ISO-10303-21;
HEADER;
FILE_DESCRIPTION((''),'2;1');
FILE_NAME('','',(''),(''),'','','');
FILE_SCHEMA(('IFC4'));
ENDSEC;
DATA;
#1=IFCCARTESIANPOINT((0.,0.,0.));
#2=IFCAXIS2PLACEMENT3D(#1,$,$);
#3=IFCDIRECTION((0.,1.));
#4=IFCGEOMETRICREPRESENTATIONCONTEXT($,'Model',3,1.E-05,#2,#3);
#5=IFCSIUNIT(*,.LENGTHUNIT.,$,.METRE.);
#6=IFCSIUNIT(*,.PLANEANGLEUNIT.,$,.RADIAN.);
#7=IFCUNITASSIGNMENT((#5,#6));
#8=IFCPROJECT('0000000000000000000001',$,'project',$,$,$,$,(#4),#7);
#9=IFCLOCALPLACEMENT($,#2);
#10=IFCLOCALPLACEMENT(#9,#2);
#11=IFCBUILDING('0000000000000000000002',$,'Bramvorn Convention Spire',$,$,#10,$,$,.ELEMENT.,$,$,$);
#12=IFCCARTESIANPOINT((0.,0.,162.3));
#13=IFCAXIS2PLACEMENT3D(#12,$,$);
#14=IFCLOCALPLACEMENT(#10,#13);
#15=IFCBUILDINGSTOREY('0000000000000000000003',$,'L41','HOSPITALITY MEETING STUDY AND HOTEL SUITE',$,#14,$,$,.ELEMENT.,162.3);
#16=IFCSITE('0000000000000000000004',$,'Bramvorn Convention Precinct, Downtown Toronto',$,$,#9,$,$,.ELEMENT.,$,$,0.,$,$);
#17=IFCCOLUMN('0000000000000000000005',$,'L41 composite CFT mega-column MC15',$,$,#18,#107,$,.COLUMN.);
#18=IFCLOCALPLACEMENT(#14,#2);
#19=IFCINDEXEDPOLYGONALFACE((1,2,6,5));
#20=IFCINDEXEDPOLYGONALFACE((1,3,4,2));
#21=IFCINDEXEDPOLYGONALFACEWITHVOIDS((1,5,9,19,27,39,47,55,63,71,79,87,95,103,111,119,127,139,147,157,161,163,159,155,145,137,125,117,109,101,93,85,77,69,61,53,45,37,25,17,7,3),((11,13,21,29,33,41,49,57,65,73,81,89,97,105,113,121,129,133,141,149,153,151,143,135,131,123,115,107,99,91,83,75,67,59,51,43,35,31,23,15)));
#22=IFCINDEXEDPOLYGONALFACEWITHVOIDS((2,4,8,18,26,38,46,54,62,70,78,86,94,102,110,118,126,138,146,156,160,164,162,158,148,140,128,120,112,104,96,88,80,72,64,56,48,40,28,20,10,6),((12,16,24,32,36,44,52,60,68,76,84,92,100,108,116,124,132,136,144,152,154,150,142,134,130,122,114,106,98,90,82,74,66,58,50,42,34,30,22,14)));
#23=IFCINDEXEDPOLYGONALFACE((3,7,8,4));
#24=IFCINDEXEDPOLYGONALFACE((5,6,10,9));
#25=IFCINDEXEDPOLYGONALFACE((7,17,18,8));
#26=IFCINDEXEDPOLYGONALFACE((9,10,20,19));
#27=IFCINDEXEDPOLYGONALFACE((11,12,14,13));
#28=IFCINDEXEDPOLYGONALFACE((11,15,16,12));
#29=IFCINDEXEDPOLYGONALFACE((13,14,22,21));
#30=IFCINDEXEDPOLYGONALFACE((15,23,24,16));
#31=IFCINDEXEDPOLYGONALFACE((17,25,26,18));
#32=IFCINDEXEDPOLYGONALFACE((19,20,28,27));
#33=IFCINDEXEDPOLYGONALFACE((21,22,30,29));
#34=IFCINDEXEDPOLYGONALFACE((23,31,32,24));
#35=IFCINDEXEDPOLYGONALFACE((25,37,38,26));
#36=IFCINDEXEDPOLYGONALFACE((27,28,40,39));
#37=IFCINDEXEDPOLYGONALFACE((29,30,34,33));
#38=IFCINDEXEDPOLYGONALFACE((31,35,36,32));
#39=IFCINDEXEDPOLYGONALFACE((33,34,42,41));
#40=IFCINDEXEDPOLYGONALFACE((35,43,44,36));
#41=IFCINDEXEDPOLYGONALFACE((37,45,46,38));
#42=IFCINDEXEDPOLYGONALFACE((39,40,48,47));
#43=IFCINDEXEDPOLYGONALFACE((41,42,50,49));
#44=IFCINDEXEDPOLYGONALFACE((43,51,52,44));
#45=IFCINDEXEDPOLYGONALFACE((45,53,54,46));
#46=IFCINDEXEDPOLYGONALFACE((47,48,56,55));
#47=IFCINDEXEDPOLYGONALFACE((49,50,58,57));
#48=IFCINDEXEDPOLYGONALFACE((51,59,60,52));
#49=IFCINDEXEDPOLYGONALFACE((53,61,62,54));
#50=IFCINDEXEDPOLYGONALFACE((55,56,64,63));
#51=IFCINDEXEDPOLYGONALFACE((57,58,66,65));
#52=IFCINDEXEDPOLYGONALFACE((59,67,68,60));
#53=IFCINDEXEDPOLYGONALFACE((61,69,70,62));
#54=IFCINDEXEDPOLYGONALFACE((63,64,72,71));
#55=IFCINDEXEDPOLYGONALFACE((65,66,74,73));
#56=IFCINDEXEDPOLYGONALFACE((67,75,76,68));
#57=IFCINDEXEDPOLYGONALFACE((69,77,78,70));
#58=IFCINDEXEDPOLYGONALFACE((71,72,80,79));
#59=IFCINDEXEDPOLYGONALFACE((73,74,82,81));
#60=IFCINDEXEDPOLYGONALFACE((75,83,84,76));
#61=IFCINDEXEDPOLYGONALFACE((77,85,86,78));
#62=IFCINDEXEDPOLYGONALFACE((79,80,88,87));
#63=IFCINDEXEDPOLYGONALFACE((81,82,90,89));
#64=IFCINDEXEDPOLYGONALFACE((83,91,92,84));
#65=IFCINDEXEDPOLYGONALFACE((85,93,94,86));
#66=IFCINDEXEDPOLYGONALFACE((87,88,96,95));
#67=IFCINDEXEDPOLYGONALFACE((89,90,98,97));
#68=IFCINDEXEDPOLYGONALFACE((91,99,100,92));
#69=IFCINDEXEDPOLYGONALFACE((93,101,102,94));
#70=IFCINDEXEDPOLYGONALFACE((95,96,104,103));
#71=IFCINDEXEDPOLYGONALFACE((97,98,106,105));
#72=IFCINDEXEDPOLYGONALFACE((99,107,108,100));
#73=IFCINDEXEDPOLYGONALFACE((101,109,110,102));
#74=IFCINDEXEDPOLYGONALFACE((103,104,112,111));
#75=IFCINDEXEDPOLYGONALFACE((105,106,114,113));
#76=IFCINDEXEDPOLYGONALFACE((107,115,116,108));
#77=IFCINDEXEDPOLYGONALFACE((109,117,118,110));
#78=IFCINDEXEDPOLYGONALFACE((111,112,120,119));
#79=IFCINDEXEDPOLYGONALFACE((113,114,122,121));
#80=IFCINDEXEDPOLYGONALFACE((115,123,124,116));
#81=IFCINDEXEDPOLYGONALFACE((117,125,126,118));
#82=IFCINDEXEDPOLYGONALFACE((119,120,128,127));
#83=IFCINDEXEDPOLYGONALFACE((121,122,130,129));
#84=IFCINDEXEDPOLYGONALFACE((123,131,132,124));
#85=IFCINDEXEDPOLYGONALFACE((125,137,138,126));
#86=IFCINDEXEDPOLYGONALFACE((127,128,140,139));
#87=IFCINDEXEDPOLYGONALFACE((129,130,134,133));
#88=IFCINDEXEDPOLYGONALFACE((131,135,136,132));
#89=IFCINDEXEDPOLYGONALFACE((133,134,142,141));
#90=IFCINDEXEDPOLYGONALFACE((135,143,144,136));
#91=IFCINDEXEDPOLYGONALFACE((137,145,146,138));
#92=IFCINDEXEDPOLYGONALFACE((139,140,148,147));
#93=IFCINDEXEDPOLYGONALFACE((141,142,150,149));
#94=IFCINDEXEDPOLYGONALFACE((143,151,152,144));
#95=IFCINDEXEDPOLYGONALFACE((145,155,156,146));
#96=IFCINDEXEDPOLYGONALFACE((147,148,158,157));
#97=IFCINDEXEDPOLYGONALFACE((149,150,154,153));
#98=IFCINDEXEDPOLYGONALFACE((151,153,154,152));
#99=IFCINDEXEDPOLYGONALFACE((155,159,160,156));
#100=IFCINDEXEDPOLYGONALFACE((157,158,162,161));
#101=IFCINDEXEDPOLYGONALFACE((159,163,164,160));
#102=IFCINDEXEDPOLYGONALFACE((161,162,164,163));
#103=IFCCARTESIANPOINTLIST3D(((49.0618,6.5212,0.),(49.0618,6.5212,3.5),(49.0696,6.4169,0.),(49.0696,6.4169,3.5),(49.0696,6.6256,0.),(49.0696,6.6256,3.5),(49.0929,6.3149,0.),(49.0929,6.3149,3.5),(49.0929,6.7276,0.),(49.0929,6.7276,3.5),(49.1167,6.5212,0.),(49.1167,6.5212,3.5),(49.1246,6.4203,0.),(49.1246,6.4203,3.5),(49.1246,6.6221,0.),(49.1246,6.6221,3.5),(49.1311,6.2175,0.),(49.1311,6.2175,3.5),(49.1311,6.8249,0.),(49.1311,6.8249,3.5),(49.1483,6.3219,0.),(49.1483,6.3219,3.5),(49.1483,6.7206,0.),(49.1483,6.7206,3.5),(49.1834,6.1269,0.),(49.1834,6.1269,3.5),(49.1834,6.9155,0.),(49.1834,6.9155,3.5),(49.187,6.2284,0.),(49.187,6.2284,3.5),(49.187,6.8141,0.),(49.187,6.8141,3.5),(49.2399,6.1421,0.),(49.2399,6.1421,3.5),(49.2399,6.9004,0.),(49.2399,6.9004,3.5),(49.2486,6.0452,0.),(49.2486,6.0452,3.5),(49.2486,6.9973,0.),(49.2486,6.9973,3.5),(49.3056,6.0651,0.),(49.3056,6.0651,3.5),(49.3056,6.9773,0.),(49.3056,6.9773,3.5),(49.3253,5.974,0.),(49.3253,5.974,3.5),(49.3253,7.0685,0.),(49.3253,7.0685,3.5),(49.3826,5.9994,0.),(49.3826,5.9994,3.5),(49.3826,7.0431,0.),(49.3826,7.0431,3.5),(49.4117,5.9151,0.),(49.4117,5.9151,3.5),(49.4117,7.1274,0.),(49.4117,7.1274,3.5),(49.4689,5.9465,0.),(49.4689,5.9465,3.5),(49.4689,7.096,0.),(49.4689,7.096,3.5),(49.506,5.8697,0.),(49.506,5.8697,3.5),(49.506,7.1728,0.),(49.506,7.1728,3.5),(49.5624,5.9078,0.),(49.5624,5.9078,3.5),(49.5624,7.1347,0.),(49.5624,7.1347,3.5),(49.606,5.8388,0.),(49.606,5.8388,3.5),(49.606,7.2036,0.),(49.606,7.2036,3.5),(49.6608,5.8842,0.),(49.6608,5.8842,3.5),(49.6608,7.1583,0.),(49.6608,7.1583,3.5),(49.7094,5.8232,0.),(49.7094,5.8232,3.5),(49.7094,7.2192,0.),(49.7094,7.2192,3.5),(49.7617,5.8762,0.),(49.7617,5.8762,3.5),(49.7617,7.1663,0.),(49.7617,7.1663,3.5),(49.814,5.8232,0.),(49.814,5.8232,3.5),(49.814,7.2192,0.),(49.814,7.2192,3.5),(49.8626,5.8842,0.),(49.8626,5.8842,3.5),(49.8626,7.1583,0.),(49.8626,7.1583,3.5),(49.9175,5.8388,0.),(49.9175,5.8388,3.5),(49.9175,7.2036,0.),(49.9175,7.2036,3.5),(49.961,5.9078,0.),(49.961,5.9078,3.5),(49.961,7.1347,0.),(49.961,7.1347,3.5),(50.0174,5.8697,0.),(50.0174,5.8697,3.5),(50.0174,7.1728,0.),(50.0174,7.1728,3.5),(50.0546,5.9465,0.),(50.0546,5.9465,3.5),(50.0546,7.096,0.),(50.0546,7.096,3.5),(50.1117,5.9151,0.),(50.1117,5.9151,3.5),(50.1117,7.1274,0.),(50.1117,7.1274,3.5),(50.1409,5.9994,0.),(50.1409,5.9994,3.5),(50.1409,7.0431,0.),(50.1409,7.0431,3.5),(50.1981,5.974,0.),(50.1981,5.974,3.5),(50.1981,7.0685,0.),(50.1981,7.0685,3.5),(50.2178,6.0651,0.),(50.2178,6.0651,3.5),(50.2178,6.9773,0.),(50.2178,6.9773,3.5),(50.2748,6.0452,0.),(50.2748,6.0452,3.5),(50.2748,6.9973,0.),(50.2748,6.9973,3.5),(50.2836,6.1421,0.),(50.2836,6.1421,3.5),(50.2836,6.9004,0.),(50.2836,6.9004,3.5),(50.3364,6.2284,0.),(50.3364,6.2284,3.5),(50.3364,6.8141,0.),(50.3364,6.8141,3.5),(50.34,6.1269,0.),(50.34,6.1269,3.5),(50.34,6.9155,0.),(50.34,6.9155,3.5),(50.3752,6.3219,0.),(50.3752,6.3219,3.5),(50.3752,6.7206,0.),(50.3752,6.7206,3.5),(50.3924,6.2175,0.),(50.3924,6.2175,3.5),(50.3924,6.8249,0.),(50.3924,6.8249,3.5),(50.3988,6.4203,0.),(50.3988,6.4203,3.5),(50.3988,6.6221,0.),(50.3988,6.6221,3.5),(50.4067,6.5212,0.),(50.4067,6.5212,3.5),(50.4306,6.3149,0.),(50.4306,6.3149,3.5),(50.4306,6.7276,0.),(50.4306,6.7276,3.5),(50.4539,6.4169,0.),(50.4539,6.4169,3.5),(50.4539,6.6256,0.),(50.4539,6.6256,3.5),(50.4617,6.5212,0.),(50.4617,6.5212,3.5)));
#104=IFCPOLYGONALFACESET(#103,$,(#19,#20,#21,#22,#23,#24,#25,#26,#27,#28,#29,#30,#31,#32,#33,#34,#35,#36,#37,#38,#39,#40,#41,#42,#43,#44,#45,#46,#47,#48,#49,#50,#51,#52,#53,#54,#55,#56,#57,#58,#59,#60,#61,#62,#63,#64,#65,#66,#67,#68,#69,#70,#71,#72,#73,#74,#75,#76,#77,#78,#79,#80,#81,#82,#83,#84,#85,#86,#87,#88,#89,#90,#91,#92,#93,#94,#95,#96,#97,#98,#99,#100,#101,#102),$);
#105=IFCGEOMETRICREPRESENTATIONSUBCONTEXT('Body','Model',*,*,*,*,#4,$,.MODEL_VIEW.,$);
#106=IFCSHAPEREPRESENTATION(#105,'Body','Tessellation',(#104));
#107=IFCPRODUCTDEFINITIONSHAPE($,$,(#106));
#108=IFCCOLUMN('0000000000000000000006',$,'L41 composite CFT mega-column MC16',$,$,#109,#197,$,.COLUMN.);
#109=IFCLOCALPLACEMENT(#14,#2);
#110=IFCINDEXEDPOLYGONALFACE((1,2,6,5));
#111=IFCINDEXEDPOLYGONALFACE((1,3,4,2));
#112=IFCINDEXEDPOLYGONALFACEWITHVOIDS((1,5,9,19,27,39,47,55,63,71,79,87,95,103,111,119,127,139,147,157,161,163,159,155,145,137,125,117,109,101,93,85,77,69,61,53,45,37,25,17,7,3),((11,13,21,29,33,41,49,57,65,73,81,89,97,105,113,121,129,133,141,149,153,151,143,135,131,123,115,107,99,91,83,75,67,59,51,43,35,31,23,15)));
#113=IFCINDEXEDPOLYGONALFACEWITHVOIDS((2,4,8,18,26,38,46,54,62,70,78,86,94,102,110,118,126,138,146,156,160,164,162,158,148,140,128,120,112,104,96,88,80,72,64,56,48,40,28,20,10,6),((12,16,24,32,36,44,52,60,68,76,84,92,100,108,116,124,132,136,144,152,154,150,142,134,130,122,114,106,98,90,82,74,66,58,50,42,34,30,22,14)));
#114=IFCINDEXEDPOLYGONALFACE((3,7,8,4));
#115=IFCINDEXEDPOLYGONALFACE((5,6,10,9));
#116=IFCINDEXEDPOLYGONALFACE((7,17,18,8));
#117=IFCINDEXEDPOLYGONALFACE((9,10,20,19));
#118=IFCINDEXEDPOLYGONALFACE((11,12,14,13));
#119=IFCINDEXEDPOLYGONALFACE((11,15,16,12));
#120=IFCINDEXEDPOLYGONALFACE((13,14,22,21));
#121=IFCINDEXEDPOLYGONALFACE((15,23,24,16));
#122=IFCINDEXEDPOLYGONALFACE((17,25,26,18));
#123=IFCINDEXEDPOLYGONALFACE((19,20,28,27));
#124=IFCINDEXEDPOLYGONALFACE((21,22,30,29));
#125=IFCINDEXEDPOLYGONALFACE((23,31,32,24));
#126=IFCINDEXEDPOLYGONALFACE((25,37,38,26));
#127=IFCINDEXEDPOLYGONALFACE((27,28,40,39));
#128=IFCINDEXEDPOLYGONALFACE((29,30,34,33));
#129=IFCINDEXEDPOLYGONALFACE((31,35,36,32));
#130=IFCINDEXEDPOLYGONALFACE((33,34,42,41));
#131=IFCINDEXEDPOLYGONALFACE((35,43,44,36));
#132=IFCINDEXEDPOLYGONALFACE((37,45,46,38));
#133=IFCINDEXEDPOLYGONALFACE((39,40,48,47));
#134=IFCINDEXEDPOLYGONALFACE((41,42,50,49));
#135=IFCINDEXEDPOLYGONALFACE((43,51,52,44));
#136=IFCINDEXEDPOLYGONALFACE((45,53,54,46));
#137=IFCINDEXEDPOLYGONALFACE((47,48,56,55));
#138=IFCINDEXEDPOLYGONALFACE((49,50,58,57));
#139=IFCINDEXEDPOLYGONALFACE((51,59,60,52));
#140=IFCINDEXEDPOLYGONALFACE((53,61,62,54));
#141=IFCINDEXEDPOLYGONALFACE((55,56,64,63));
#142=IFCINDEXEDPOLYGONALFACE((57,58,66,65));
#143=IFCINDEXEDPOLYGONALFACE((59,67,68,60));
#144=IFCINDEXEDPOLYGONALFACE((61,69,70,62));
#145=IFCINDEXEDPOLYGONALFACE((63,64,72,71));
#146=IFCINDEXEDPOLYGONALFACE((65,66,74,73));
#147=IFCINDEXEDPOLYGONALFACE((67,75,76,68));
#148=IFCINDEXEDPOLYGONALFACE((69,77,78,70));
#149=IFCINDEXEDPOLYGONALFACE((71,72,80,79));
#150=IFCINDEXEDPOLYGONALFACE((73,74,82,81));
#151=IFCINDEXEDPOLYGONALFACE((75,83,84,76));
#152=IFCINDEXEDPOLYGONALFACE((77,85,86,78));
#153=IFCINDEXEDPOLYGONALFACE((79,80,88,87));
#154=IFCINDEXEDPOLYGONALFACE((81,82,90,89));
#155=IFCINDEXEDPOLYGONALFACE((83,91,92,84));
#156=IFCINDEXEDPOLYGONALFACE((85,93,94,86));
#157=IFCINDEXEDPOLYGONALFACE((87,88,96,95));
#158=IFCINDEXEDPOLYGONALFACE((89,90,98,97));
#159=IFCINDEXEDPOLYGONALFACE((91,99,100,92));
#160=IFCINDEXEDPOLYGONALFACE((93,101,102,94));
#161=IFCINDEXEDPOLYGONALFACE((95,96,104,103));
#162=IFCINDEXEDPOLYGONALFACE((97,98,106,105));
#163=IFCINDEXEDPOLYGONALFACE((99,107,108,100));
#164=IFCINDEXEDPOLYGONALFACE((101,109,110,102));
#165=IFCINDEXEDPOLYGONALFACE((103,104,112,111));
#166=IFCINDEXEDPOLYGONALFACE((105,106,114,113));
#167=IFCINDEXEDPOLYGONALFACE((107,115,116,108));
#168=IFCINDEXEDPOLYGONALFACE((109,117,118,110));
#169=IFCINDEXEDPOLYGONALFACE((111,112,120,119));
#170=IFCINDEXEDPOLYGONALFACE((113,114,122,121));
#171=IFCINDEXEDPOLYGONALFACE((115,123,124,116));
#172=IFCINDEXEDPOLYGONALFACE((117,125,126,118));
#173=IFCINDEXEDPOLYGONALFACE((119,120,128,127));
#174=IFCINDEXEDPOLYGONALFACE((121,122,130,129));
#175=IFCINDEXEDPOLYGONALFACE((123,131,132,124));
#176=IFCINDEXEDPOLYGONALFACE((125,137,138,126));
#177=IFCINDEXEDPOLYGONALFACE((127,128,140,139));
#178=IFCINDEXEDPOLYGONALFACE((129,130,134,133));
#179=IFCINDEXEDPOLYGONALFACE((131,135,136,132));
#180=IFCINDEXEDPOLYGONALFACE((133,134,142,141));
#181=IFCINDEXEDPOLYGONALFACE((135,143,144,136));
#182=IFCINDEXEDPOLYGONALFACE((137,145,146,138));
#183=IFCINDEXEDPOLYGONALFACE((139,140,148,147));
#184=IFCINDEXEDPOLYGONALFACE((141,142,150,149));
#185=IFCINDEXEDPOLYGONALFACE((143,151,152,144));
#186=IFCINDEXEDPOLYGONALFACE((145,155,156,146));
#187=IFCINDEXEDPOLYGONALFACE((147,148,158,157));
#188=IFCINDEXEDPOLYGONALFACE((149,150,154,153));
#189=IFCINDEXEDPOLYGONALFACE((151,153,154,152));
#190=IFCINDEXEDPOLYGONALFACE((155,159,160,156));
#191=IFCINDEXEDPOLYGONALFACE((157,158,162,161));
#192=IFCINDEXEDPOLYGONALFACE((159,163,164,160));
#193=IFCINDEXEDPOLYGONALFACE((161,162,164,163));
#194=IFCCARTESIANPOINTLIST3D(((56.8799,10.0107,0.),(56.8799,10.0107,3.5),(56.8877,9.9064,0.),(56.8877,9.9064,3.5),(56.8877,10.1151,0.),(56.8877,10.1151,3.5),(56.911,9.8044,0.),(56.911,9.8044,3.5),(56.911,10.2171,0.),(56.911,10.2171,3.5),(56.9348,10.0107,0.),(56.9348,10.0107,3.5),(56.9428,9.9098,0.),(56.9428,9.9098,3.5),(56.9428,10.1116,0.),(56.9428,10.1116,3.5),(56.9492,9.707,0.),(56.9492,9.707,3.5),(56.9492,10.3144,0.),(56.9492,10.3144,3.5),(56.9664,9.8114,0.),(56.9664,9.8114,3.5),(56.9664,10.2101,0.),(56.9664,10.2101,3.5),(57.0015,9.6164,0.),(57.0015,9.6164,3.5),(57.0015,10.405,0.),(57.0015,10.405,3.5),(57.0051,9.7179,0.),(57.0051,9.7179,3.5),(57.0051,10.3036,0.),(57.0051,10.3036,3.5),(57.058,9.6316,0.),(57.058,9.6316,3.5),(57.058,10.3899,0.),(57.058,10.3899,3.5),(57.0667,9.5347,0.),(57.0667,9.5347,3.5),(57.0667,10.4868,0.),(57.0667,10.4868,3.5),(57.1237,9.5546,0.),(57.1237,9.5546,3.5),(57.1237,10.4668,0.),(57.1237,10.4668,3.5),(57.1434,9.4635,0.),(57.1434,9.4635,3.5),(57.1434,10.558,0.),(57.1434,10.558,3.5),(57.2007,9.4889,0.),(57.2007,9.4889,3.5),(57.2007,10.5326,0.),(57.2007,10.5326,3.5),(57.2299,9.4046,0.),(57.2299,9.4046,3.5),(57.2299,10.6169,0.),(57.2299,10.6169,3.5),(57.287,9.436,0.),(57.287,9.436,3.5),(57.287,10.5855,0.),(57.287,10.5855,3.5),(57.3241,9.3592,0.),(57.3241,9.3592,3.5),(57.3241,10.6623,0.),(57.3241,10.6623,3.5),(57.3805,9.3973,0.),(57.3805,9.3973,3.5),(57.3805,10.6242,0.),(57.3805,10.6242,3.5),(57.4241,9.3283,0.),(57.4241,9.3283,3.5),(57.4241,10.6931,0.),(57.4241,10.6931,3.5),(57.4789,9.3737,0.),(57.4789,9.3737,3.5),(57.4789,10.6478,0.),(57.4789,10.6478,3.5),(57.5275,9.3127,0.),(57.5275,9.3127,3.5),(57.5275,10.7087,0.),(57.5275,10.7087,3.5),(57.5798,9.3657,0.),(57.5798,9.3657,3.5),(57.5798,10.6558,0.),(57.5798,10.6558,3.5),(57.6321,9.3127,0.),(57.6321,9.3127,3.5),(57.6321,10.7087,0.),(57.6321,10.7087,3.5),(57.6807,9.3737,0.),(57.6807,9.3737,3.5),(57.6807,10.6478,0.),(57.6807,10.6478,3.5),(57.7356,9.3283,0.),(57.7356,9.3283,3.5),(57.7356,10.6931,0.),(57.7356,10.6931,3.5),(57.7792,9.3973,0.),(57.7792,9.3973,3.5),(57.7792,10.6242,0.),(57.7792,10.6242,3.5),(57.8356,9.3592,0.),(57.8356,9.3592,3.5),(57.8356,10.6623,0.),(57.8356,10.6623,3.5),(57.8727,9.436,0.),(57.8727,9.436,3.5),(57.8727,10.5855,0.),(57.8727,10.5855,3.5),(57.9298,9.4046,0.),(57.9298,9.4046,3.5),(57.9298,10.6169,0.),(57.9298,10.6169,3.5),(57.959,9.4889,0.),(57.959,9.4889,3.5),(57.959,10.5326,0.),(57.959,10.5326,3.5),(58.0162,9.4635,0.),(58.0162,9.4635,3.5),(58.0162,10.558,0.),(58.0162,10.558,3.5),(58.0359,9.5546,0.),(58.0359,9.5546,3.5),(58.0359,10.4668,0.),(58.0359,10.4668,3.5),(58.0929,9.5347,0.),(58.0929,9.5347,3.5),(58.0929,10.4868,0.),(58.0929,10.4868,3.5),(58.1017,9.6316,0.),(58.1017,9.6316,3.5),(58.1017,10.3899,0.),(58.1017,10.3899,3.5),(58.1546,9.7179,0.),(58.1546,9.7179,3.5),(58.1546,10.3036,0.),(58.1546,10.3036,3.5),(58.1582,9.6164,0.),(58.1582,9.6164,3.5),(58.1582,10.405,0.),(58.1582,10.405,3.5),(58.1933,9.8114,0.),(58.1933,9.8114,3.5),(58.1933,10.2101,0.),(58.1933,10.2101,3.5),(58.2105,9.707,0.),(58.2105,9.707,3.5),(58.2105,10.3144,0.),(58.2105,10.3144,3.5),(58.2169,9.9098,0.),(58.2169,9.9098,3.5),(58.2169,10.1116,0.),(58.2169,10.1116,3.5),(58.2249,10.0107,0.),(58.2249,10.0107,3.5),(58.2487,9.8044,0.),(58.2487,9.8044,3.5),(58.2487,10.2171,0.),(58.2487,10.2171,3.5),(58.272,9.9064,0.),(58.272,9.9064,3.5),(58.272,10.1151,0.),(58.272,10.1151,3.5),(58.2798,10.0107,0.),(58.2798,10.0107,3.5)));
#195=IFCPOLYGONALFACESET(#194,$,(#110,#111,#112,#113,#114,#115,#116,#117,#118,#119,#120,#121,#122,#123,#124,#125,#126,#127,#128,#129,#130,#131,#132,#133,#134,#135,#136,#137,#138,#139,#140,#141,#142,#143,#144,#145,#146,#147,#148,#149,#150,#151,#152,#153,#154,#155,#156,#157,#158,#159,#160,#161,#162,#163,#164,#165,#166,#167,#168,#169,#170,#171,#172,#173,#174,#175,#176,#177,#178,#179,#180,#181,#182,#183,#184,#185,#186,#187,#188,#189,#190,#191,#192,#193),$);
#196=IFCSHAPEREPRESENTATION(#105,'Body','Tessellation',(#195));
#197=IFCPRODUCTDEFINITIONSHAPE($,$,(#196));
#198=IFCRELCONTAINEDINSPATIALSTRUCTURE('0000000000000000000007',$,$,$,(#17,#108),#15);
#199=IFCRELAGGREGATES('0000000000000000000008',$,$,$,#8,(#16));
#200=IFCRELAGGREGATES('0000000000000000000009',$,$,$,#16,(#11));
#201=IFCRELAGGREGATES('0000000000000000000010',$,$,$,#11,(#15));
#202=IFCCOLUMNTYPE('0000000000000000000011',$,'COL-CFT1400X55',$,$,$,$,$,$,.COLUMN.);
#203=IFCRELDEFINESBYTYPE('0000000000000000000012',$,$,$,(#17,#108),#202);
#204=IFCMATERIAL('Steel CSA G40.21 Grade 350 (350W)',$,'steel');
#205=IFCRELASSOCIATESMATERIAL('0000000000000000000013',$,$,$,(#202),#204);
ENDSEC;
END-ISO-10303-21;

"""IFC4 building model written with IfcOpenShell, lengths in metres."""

from ifc_helpers import new_model, si_unit, direction, frame, origin, origin_2d, place, context, subcontext, project, spatial, hollow_circle, extrude, material, material_profile, profile_set, type_object, element, save


model = new_model("IFC4")

# Units and contexts
model_context = context("Model", 3, precision=1e-05, world=origin(), true_north=direction((0.0, 1.0)))
body_context = subcontext(model_context, "Body", "Model", "MODEL_VIEW")
ifc_project = project(units=[si_unit("LENGTHUNIT", "METRE"), si_unit("PLANEANGLEUNIT", "RADIAN")], contexts=[model_context])

# Site, building, storey
site_placement = place(None, origin())
site = spatial("IfcSite", under=ifc_project, at=site_placement, Name="Bramvorn Convention Precinct, Downtown Toronto", CompositionType="ELEMENT", RefElevation=0.0)
building_placement = place(site_placement, origin())
building = spatial("IfcBuilding", under=site, at=building_placement, Name="Bramvorn Convention Spire", CompositionType="ELEMENT")
storey_placement = place(building_placement, frame((0.0, 0.0, 162.3)))
storey = spatial("IfcBuildingStorey", under=building, at=storey_placement, Name="L41", Description="HOSPITALITY MEETING STUDY AND HOTEL SUITE", CompositionType="ELEMENT", Elevation=162.3)

# Columns
ifc_material_1 = material(Name="Steel CSA G40.21 Grade 350 (350W)", Category="steel")
ifc_material_profile_1 = material_profile(ifc_material_1, hollow_circle(Radius=0.7, WallThickness=0.0549, at=origin_2d()))
ifc_profile_set_1 = profile_set([ifc_material_profile_1], Name="Steel CSA G40.21 Grade 350 (350W) - CFT1400X55")
column_type = type_object("IfcColumnType", Name="COL-CFT1400X55", PredefinedType="COLUMN", material=ifc_profile_set_1)
for number, where, z_axis, x_axis, name in (
    (1, (49.7617, 6.5212, 0.0), (0.0, 0.0, 1.0), (1.0, 0.0, 0.0), "L41 composite CFT mega-column MC15"),
    (2, (57.5798, 10.0107, 0.0), (0.0, 0.0, 1.0), (1.0, 0.0, 0.0), "L41 composite CFT mega-column MC16"),
):
    element("IfcColumn", number, at=place(storey_placement, frame(where, z_axis=z_axis, x_axis=x_axis)), inside=storey, type_object=column_type, Name=name, PredefinedType="COLUMN", context=body_context, shape_type="SweptSolid", body=[
        extrude(hollow_circle(Radius=0.7, WallThickness=0.0549, at=origin_2d()), origin(), (0.0, 0.0, 1.0), 3.5),
    ])

save(model, "model.ifc")
